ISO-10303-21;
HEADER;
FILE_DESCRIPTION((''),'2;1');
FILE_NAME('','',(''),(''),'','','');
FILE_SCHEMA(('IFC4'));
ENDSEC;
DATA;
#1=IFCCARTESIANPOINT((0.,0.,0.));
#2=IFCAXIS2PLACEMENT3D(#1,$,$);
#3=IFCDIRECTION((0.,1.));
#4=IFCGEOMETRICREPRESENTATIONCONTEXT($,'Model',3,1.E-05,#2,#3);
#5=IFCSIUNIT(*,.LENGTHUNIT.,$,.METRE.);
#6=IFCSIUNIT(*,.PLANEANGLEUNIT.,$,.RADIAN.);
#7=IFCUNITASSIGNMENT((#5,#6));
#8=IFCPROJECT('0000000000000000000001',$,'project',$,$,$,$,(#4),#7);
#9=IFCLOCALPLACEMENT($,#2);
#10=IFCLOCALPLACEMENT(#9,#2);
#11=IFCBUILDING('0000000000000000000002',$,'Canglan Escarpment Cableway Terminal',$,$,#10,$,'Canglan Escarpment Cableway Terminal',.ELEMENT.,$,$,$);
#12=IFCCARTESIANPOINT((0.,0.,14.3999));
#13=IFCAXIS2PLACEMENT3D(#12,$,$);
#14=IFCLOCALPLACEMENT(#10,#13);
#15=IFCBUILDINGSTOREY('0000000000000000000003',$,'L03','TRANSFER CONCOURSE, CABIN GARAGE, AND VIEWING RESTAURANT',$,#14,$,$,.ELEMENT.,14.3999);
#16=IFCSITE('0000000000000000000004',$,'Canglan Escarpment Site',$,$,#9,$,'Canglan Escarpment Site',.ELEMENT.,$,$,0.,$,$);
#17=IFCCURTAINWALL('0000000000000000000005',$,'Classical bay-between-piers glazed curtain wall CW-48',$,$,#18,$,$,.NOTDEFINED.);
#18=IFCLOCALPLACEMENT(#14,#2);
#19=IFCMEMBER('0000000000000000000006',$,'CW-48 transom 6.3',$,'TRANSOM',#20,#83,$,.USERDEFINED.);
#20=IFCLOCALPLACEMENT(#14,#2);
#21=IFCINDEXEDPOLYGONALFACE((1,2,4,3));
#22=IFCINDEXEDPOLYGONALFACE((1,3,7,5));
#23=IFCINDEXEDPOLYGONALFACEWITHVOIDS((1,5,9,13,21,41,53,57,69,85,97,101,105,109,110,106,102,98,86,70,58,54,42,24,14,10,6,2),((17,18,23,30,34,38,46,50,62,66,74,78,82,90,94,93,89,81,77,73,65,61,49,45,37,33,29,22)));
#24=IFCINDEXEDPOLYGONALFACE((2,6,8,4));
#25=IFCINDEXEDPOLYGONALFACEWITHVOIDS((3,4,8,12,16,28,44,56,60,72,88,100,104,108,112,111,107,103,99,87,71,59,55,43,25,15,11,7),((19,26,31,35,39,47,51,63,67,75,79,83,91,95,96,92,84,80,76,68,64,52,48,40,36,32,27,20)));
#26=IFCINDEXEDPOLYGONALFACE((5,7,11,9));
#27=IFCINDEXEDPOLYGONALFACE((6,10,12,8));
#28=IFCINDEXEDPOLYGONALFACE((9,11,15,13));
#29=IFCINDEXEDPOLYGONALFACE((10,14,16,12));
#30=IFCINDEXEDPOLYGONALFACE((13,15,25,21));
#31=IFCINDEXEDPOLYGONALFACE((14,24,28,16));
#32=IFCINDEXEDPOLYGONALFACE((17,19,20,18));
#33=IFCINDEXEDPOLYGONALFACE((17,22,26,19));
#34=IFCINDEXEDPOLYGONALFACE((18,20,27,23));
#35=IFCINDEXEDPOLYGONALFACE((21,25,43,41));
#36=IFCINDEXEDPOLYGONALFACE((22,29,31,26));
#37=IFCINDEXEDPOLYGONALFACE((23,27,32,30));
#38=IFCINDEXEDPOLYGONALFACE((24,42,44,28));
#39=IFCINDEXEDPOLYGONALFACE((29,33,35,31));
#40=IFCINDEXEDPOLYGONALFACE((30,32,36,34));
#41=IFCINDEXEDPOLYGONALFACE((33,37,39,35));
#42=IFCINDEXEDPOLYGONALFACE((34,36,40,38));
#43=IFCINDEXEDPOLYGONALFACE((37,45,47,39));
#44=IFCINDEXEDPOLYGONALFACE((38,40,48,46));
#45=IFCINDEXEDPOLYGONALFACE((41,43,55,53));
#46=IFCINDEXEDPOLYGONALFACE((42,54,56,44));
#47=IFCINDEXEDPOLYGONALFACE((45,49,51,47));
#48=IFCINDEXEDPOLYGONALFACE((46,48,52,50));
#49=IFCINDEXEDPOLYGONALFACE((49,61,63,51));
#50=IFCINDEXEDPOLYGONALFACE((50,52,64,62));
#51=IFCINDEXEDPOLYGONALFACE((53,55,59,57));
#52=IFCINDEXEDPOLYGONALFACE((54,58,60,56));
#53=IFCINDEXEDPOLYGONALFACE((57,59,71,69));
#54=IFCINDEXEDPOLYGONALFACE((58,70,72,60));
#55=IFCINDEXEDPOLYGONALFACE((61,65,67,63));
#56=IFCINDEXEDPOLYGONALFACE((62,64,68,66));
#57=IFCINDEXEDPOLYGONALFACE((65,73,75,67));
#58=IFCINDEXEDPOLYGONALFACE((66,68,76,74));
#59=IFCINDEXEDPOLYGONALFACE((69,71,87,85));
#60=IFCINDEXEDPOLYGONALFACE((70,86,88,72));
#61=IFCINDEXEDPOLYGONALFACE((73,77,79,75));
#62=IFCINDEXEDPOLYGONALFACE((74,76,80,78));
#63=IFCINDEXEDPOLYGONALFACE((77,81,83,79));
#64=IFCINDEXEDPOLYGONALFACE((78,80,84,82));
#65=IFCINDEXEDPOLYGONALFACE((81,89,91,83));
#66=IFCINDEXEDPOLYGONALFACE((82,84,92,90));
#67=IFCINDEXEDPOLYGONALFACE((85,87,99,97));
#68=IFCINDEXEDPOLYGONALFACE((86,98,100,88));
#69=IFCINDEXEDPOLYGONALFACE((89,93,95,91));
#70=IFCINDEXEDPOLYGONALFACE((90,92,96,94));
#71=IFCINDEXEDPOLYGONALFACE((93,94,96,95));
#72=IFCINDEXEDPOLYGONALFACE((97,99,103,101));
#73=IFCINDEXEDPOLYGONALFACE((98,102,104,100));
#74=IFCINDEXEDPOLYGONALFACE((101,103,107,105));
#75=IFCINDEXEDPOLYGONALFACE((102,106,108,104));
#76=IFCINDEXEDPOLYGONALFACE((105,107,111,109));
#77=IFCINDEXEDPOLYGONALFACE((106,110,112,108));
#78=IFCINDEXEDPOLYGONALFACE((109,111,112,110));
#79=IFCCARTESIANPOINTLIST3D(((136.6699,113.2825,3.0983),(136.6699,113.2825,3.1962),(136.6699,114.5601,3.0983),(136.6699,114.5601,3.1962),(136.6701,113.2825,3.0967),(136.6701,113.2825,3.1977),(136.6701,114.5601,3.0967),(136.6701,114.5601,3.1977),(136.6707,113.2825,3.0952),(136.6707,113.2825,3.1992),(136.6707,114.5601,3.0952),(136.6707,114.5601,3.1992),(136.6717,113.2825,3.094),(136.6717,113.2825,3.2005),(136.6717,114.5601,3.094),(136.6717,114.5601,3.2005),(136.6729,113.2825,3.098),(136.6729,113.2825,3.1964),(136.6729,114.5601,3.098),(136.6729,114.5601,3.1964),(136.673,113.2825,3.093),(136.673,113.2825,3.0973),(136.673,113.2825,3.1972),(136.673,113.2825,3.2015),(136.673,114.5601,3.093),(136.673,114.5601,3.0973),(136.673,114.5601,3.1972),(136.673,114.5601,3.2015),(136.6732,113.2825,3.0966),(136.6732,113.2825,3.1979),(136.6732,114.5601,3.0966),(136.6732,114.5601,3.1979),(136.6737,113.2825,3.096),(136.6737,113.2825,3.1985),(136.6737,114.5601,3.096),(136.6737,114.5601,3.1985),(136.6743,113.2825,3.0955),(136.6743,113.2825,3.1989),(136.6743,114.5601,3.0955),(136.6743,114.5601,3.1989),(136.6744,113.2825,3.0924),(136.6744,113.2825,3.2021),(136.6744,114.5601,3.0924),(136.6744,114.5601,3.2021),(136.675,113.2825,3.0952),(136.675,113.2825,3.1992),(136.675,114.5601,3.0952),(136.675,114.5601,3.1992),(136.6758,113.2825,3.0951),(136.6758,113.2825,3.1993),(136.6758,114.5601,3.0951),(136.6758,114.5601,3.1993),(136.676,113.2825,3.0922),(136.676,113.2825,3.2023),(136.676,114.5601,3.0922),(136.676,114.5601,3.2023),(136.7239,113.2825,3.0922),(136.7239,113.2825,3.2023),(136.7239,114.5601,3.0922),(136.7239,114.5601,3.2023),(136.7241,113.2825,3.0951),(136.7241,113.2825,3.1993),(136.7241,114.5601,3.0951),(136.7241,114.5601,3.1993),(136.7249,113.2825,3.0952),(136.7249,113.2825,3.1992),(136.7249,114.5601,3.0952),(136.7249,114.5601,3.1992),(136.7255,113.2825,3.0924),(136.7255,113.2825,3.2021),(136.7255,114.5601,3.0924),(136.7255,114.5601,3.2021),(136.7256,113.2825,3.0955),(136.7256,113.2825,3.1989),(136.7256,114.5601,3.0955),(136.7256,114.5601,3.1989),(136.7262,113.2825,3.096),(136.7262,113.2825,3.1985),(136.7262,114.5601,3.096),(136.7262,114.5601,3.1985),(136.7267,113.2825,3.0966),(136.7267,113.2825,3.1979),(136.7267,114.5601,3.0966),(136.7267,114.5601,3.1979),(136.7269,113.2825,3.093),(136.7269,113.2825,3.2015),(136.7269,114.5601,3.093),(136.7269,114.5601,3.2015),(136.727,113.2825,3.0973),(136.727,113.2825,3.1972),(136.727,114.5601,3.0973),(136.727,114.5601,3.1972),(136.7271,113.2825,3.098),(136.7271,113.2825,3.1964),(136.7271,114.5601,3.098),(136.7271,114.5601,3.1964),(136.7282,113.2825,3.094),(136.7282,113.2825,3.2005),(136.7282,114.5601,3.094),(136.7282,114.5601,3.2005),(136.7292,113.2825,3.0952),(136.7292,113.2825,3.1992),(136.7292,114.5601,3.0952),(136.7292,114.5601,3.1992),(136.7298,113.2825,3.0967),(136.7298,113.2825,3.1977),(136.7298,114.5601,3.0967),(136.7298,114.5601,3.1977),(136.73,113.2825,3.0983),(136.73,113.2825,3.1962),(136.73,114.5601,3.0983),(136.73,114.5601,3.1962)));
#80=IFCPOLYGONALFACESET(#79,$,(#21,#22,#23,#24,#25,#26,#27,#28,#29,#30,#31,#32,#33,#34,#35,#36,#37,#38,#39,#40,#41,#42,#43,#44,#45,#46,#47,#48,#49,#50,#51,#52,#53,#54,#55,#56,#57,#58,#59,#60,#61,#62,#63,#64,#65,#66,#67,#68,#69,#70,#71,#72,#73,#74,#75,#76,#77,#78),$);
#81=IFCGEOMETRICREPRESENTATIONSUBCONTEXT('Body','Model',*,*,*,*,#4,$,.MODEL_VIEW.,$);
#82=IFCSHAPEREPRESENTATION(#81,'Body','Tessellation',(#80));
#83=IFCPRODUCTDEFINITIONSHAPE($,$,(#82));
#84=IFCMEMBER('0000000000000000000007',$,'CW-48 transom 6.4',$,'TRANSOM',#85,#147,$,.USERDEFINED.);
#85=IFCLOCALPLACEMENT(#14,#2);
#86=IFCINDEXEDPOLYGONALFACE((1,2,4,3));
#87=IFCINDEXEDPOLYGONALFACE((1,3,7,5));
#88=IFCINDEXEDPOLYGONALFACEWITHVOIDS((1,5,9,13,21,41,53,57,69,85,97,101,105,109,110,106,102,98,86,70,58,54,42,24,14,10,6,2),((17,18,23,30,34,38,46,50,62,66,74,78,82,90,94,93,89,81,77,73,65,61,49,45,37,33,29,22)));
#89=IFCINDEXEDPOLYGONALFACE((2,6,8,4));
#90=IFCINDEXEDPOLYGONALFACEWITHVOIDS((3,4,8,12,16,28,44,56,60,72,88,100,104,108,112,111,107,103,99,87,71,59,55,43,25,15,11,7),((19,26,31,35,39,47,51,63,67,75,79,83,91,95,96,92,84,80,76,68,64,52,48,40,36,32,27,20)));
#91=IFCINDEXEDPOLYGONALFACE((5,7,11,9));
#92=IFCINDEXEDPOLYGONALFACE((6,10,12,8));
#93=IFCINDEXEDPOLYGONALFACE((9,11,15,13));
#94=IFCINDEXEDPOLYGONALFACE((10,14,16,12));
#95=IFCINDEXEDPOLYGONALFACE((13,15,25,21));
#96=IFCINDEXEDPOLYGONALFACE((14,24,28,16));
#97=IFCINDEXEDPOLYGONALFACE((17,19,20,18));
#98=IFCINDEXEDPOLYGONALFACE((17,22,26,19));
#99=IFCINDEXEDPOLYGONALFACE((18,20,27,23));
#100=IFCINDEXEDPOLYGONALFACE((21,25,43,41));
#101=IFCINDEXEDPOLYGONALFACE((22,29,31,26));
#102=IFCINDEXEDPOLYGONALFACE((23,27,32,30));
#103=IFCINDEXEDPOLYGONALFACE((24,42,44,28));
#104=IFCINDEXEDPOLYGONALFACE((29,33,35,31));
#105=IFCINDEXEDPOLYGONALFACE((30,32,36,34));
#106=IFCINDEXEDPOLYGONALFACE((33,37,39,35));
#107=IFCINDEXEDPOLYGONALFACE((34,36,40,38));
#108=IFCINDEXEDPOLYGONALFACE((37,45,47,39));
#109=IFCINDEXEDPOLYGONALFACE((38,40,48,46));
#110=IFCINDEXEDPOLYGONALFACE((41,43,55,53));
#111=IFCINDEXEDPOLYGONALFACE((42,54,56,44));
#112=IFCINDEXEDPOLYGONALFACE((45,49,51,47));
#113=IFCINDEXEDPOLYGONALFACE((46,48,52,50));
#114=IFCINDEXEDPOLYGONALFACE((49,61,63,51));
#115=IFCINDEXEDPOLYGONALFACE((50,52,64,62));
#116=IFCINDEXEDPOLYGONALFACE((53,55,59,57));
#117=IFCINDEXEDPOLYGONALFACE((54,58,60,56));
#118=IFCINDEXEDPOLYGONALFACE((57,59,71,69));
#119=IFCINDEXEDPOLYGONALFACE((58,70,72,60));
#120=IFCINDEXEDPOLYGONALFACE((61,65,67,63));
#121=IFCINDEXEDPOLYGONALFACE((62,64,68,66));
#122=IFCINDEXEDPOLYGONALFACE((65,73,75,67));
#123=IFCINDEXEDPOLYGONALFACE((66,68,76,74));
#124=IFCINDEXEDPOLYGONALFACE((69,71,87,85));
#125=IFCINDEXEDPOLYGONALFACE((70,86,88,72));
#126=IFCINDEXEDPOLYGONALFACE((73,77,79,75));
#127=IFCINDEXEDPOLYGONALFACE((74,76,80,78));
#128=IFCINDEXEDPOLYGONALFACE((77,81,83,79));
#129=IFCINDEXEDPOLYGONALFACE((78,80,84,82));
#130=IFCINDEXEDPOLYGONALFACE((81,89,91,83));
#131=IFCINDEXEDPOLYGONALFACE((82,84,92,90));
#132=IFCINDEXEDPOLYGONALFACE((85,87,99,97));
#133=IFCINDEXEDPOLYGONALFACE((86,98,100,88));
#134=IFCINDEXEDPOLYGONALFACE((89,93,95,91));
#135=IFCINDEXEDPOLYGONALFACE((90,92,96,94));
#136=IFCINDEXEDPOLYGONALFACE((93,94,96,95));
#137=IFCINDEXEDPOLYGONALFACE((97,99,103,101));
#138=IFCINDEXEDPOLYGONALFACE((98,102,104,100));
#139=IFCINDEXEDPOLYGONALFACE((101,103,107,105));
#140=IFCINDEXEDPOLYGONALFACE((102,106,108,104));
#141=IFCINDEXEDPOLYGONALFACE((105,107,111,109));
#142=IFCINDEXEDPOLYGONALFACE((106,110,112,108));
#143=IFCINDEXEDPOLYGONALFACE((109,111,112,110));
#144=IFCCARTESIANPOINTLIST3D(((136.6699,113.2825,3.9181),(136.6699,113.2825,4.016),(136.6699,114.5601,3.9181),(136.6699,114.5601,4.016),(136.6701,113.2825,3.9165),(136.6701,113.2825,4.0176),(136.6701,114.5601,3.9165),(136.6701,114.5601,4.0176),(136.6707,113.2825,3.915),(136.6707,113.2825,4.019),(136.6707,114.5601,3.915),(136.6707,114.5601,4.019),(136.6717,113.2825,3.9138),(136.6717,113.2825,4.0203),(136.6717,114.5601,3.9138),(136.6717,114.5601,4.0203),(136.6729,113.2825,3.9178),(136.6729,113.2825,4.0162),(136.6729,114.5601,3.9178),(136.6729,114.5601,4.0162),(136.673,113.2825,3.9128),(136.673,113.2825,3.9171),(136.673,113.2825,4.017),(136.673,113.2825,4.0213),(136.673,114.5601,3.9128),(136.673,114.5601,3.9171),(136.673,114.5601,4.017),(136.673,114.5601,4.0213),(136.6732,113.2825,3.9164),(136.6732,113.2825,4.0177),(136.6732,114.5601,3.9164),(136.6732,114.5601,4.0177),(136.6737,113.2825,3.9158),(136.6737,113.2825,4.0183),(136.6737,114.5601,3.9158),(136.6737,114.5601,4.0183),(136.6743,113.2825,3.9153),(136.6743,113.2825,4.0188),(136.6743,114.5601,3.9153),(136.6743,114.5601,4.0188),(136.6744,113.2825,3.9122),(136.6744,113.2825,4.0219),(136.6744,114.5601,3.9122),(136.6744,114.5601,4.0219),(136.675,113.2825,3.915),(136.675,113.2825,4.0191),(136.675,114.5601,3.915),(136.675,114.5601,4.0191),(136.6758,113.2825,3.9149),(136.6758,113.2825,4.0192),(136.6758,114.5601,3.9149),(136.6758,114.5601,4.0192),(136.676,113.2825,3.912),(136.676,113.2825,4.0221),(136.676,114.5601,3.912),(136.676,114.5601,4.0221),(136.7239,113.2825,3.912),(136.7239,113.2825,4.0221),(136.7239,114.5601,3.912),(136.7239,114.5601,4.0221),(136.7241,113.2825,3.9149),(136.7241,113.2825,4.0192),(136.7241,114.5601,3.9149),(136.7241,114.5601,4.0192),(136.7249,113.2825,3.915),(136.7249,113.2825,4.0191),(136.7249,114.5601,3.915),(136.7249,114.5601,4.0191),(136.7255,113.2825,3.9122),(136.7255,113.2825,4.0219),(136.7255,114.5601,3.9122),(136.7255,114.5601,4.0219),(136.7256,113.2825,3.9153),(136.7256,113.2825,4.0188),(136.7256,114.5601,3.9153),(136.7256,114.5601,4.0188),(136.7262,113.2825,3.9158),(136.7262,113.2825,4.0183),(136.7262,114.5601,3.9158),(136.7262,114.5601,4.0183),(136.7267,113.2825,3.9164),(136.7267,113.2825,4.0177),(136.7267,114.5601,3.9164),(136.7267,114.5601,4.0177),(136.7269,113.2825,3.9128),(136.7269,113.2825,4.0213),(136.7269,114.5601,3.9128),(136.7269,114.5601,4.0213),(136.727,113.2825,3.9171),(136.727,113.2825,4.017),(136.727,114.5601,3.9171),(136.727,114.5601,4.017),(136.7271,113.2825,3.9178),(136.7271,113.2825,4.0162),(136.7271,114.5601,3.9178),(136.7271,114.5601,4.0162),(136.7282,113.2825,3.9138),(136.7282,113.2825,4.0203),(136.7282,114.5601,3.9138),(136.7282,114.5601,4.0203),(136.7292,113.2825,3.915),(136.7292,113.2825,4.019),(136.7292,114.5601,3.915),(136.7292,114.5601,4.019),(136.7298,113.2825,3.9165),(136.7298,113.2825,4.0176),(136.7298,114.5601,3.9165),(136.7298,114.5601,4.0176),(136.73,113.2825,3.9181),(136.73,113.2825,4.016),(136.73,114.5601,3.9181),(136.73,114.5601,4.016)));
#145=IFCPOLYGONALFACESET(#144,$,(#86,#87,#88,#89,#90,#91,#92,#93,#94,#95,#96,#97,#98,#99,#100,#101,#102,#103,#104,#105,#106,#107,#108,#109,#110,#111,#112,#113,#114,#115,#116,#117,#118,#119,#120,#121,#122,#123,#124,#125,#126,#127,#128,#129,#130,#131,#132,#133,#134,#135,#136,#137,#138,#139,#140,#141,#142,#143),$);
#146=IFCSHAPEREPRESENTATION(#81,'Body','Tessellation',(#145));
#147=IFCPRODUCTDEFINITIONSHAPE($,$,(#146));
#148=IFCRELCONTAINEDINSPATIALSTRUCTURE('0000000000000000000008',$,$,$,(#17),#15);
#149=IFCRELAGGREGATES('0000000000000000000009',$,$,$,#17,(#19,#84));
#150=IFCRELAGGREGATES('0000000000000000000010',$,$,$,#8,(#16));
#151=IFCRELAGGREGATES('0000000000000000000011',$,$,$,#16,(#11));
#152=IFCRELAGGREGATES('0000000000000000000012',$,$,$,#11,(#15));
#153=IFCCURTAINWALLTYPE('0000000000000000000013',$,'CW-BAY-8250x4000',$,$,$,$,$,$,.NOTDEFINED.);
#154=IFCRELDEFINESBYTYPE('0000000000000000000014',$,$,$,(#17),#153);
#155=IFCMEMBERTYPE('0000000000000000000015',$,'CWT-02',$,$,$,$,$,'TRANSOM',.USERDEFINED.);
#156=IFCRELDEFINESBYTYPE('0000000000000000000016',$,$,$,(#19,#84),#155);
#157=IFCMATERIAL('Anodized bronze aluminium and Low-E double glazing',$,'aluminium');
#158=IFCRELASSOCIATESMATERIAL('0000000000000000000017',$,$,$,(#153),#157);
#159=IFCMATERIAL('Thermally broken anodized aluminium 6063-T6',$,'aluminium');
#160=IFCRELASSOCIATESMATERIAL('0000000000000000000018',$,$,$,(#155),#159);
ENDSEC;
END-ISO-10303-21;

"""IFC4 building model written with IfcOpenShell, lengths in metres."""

from ifc_helpers import new_model, si_unit, direction, frame, origin, origin_2d, place, context, subcontext, project, spatial, hollow_rectangle, extrude, material, material_profile, profile_set, type_object, element, aggregate, save


model = new_model("IFC4")

# Units and contexts
model_context = context("Model", 3, precision=1e-05, world=origin(), true_north=direction((0.0, 1.0)))
body_context = subcontext(model_context, "Body", "Model", "MODEL_VIEW")
ifc_project = project(units=[si_unit("LENGTHUNIT", "METRE"), si_unit("PLANEANGLEUNIT", "RADIAN")], contexts=[model_context])

# Site, building, storey
site_placement = place(None, origin())
site = spatial("IfcSite", under=ifc_project, at=site_placement, Name="Canglan Escarpment Site", LongName="Canglan Escarpment Site", CompositionType="ELEMENT", RefElevation=0.0)
building_placement = place(site_placement, origin())
building = spatial("IfcBuilding", under=site, at=building_placement, Name="Canglan Escarpment Cableway Terminal", LongName="Canglan Escarpment Cableway Terminal", CompositionType="ELEMENT")
storey_placement = place(building_placement, frame((0.0, 0.0, 14.3999)))
storey = spatial("IfcBuildingStorey", under=building, at=storey_placement, Name="L03", Description="TRANSFER CONCOURSE, CABIN GARAGE, AND VIEWING RESTAURANT", CompositionType="ELEMENT", Elevation=14.3999)

# Curtain wall, members
ifc_material_1 = material(Name="Anodized bronze aluminium and Low-E double glazing", Category="aluminium")
ifc_material_2 = material(Name="Thermally broken anodized aluminium 6063-T6", Category="aluminium")
curtain_wall_type_1 = type_object("IfcCurtainWallType", Name="CW-BAY-8250x4000", PredefinedType="NOTDEFINED", material=ifc_material_1)
curtain_wall_1_placement = place(storey_placement, origin())
curtain_wall_1 = element("IfcCurtainWall", 1, at=curtain_wall_1_placement, inside=storey, type_object=curtain_wall_type_1, Name="Classical bay-between-piers glazed curtain wall CW-48", PredefinedType="NOTDEFINED")
ifc_material_profile_1 = material_profile(ifc_material_2, hollow_rectangle(XDim=0.0601, YDim=0.1101, WallThickness=0.0029, InnerFilletRadius=0.0029, OuterFilletRadius=0.0061, at=origin_2d()), Name="ALU-TRAN 60x110x3")
ifc_profile_set_1 = profile_set([ifc_material_profile_1], Name="Thermally broken anodized aluminium 6063-T6")
member_type_1 = type_object("IfcMemberType", Name="CWT-02", ElementType="TRANSOM", PredefinedType="USERDEFINED", material=ifc_profile_set_1)
member_1_placement = place(storey_placement, frame((136.7, 113.2825, 3.1472), z_axis=(0.0, 1.0, 0.0), x_axis=(-1.0, 0.0, 0.0)))
member_1 = element("IfcMember", 2, at=member_1_placement, type_object=member_type_1, Name="CW-48 transom 6.3", ObjectType="TRANSOM", PredefinedType="USERDEFINED", context=body_context, shape_type="SweptSolid", body=[
    extrude(hollow_rectangle(XDim=0.0601, YDim=0.1101, WallThickness=0.0029, InnerFilletRadius=0.0029, OuterFilletRadius=0.0061, at=origin_2d()), origin(), (0.0, 0.0, 1.0), 1.2776),
])
member_2_placement = place(storey_placement, frame((136.7, 113.2825, 3.967), z_axis=(0.0, 1.0, 0.0), x_axis=(-1.0, 0.0, 0.0)))
member_2 = element("IfcMember", 3, at=member_2_placement, type_object=member_type_1, Name="CW-48 transom 6.4", ObjectType="TRANSOM", PredefinedType="USERDEFINED", context=body_context, shape_type="SweptSolid", body=[
    extrude(hollow_rectangle(XDim=0.0601, YDim=0.1101, WallThickness=0.0029, InnerFilletRadius=0.0029, OuterFilletRadius=0.0061, at=origin_2d()), origin(), (0.0, 0.0, 1.0), 1.2776),
])

aggregate(curtain_wall_1, [member_1, member_2])

save(model, "model.ifc")
